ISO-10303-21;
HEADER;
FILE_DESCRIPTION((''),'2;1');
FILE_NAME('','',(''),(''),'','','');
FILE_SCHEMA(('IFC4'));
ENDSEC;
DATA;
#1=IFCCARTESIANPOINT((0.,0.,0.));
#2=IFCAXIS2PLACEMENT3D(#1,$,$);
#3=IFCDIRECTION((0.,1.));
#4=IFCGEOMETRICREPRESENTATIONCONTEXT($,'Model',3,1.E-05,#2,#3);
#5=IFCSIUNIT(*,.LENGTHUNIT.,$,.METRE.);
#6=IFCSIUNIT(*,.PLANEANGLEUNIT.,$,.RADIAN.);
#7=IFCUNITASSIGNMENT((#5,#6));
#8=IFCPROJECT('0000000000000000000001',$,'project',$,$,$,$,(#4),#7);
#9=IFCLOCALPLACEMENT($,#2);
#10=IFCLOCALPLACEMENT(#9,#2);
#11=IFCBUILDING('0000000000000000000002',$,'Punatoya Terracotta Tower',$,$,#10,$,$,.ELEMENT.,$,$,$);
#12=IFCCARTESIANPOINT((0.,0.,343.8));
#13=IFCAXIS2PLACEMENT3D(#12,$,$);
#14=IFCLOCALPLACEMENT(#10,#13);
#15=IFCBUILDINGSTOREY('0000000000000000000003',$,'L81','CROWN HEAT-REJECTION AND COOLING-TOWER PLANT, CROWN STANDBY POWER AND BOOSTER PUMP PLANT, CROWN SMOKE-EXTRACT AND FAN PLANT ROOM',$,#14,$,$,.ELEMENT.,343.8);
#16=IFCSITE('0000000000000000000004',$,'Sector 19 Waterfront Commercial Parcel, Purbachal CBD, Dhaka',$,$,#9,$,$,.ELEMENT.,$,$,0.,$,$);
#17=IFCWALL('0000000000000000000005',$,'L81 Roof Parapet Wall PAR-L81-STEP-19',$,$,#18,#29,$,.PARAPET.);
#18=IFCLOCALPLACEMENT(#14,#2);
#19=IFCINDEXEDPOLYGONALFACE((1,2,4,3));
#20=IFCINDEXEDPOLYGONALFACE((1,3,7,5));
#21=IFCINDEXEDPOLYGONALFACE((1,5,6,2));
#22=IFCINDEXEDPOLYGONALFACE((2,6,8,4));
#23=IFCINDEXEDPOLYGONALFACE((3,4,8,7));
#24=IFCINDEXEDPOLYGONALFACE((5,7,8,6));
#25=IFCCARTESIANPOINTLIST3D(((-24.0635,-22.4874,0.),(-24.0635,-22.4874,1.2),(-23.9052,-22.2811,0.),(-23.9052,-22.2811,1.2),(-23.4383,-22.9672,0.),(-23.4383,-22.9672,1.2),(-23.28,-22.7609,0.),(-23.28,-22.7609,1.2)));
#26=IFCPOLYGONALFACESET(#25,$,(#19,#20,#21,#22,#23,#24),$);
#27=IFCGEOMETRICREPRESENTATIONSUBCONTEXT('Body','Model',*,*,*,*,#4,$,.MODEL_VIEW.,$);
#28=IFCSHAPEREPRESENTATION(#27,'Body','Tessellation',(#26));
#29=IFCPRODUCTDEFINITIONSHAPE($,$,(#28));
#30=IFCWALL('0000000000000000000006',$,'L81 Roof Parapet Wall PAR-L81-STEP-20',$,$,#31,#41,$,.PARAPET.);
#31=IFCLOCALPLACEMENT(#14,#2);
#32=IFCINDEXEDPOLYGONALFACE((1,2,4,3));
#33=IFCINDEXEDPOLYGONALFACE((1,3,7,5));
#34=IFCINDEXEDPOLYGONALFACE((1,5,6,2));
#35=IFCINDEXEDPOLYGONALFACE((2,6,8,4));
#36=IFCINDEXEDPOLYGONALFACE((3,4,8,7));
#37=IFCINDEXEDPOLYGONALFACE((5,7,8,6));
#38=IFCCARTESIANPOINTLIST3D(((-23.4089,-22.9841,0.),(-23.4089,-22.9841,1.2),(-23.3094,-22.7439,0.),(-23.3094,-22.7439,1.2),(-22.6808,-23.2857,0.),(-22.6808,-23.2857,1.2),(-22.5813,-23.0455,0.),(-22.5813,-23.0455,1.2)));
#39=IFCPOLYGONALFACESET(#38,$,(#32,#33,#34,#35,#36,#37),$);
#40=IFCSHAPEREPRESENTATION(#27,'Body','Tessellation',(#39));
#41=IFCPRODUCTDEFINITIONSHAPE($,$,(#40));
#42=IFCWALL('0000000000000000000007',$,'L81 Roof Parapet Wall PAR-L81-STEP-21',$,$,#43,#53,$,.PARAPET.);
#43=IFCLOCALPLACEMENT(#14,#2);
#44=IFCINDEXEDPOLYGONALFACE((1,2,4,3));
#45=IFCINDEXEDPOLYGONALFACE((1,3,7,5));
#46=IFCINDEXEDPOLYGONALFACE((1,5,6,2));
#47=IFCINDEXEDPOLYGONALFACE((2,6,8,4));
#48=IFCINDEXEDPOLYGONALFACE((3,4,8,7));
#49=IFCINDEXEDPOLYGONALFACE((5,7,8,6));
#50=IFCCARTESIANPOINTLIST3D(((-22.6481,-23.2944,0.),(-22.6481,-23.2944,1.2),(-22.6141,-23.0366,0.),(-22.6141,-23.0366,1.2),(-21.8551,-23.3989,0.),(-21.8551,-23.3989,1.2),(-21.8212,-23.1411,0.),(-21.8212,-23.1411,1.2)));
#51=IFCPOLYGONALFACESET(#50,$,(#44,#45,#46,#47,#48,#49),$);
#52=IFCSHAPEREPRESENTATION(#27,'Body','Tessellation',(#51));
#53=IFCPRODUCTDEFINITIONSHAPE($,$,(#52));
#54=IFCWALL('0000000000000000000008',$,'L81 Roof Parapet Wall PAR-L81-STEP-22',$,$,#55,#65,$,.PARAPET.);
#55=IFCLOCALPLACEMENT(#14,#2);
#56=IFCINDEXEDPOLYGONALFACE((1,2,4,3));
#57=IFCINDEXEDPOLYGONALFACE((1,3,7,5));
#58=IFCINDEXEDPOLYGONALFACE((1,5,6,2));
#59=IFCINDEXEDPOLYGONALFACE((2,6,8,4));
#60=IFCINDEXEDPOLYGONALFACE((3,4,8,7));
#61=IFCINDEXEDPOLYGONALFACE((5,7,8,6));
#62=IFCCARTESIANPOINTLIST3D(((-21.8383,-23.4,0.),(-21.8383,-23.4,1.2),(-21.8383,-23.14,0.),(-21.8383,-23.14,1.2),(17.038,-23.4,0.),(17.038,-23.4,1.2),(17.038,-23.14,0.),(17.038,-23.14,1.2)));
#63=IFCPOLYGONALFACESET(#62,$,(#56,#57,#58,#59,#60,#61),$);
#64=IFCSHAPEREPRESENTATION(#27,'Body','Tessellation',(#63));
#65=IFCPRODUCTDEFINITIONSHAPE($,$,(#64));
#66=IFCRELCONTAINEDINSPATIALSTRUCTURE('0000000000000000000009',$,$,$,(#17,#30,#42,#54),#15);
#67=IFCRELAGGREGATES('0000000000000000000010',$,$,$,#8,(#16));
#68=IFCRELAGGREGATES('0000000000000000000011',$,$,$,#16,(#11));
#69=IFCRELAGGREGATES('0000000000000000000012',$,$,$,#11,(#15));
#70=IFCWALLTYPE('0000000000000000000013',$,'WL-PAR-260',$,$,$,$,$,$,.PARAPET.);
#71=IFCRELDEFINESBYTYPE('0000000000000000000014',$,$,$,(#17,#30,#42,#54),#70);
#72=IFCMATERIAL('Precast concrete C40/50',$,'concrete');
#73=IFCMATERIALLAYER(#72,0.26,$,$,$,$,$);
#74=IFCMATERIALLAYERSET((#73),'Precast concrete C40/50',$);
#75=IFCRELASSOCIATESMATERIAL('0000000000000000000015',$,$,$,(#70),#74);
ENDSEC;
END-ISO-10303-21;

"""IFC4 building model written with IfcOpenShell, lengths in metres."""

from ifc_helpers import new_model, si_unit, direction, frame, frame_2d, origin, place, context, subcontext, project, spatial, rectangle, extrude, material, layer, layer_set, type_object, element, save


model = new_model("IFC4")

# Units and contexts
model_context = context("Model", 3, precision=1e-05, world=origin(), true_north=direction((0.0, 1.0)))
body_context = subcontext(model_context, "Body", "Model", "MODEL_VIEW")
ifc_project = project(units=[si_unit("LENGTHUNIT", "METRE"), si_unit("PLANEANGLEUNIT", "RADIAN")], contexts=[model_context])

# Site, building, storey
site_placement = place(None, origin())
site = spatial("IfcSite", under=ifc_project, at=site_placement, Name="Sector 19 Waterfront Commercial Parcel, Purbachal CBD, Dhaka", CompositionType="ELEMENT", RefElevation=0.0)
building_placement = place(site_placement, origin())
building = spatial("IfcBuilding", under=site, at=building_placement, Name="Punatoya Terracotta Tower", CompositionType="ELEMENT")
storey_placement = place(building_placement, frame((0.0, 0.0, 343.8)))
storey = spatial("IfcBuildingStorey", under=building, at=storey_placement, Name="L81", Description="CROWN HEAT-REJECTION AND COOLING-TOWER PLANT, CROWN STANDBY POWER AND BOOSTER PUMP PLANT, CROWN SMOKE-EXTRACT AND FAN PLANT ROOM", CompositionType="ELEMENT", Elevation=343.8)

# Walls
ifc_material_1 = material(Name="Precast concrete C40/50", Category="concrete")
ifc_layer_1 = layer(ifc_material_1, 0.26)
ifc_layer_set_1 = layer_set([ifc_layer_1], Name="Precast concrete C40/50")
wall_type_1 = type_object("IfcWallType", Name="WL-PAR-260", PredefinedType="PARAPET", material=ifc_layer_set_1)
for number, where, z_axis, x_axis, name in (
    (1, (-23.9844, -22.3843, 0.0), (0.0, 0.0, 1.0), (0.793372, -0.608737, 0.0), "L81 Roof Parapet Wall PAR-L81-STEP-19"),
    (2, (-23.3591, -22.864, 0.0), (0.0, 0.0, 1.0), (0.9239, -0.382635, 0.0), "L81 Roof Parapet Wall PAR-L81-STEP-20"),
):
    element("IfcWall", number, at=place(storey_placement, frame(where, z_axis=z_axis, x_axis=x_axis)), inside=storey, type_object=wall_type_1, Name=name, PredefinedType="PARAPET", context=body_context, shape_type="SweptSolid", body=[
        extrude(rectangle(XDim=0.7881, YDim=0.26, at=frame_2d((0.394, 0.0))), origin(), (0.0, 0.0, 1.0), 1.2),
    ])
wall_1_placement = place(storey_placement, frame((-22.6311, -23.1655, 0.0), z_axis=(0.0, 0.0, 1.0), x_axis=(0.991429, -0.130644, 0.0)))
element("IfcWall", 3, at=wall_1_placement, inside=storey, type_object=wall_type_1, Name="L81 Roof Parapet Wall PAR-L81-STEP-21", PredefinedType="PARAPET", context=body_context, shape_type="SweptSolid", body=[
    extrude(rectangle(XDim=0.7998, YDim=0.26, at=frame_2d((0.3999, 0.0))), origin(), (0.0, 0.0, 1.0), 1.2),
])
wall_2_placement = place(storey_placement, frame((-21.8381, -23.27, 0.0), z_axis=(0.0, 0.0, 1.0), x_axis=(1.0, 0.0, 0.0)))
element("IfcWall", 4, at=wall_2_placement, inside=storey, type_object=wall_type_1, Name="L81 Roof Parapet Wall PAR-L81-STEP-22", PredefinedType="PARAPET", context=body_context, shape_type="SweptSolid", body=[
    extrude(rectangle(XDim=38.8762, YDim=0.26, at=frame_2d((19.438, 0.0))), origin(), (0.0, 0.0, 1.0), 1.2),
])

save(model, "model.ifc")
